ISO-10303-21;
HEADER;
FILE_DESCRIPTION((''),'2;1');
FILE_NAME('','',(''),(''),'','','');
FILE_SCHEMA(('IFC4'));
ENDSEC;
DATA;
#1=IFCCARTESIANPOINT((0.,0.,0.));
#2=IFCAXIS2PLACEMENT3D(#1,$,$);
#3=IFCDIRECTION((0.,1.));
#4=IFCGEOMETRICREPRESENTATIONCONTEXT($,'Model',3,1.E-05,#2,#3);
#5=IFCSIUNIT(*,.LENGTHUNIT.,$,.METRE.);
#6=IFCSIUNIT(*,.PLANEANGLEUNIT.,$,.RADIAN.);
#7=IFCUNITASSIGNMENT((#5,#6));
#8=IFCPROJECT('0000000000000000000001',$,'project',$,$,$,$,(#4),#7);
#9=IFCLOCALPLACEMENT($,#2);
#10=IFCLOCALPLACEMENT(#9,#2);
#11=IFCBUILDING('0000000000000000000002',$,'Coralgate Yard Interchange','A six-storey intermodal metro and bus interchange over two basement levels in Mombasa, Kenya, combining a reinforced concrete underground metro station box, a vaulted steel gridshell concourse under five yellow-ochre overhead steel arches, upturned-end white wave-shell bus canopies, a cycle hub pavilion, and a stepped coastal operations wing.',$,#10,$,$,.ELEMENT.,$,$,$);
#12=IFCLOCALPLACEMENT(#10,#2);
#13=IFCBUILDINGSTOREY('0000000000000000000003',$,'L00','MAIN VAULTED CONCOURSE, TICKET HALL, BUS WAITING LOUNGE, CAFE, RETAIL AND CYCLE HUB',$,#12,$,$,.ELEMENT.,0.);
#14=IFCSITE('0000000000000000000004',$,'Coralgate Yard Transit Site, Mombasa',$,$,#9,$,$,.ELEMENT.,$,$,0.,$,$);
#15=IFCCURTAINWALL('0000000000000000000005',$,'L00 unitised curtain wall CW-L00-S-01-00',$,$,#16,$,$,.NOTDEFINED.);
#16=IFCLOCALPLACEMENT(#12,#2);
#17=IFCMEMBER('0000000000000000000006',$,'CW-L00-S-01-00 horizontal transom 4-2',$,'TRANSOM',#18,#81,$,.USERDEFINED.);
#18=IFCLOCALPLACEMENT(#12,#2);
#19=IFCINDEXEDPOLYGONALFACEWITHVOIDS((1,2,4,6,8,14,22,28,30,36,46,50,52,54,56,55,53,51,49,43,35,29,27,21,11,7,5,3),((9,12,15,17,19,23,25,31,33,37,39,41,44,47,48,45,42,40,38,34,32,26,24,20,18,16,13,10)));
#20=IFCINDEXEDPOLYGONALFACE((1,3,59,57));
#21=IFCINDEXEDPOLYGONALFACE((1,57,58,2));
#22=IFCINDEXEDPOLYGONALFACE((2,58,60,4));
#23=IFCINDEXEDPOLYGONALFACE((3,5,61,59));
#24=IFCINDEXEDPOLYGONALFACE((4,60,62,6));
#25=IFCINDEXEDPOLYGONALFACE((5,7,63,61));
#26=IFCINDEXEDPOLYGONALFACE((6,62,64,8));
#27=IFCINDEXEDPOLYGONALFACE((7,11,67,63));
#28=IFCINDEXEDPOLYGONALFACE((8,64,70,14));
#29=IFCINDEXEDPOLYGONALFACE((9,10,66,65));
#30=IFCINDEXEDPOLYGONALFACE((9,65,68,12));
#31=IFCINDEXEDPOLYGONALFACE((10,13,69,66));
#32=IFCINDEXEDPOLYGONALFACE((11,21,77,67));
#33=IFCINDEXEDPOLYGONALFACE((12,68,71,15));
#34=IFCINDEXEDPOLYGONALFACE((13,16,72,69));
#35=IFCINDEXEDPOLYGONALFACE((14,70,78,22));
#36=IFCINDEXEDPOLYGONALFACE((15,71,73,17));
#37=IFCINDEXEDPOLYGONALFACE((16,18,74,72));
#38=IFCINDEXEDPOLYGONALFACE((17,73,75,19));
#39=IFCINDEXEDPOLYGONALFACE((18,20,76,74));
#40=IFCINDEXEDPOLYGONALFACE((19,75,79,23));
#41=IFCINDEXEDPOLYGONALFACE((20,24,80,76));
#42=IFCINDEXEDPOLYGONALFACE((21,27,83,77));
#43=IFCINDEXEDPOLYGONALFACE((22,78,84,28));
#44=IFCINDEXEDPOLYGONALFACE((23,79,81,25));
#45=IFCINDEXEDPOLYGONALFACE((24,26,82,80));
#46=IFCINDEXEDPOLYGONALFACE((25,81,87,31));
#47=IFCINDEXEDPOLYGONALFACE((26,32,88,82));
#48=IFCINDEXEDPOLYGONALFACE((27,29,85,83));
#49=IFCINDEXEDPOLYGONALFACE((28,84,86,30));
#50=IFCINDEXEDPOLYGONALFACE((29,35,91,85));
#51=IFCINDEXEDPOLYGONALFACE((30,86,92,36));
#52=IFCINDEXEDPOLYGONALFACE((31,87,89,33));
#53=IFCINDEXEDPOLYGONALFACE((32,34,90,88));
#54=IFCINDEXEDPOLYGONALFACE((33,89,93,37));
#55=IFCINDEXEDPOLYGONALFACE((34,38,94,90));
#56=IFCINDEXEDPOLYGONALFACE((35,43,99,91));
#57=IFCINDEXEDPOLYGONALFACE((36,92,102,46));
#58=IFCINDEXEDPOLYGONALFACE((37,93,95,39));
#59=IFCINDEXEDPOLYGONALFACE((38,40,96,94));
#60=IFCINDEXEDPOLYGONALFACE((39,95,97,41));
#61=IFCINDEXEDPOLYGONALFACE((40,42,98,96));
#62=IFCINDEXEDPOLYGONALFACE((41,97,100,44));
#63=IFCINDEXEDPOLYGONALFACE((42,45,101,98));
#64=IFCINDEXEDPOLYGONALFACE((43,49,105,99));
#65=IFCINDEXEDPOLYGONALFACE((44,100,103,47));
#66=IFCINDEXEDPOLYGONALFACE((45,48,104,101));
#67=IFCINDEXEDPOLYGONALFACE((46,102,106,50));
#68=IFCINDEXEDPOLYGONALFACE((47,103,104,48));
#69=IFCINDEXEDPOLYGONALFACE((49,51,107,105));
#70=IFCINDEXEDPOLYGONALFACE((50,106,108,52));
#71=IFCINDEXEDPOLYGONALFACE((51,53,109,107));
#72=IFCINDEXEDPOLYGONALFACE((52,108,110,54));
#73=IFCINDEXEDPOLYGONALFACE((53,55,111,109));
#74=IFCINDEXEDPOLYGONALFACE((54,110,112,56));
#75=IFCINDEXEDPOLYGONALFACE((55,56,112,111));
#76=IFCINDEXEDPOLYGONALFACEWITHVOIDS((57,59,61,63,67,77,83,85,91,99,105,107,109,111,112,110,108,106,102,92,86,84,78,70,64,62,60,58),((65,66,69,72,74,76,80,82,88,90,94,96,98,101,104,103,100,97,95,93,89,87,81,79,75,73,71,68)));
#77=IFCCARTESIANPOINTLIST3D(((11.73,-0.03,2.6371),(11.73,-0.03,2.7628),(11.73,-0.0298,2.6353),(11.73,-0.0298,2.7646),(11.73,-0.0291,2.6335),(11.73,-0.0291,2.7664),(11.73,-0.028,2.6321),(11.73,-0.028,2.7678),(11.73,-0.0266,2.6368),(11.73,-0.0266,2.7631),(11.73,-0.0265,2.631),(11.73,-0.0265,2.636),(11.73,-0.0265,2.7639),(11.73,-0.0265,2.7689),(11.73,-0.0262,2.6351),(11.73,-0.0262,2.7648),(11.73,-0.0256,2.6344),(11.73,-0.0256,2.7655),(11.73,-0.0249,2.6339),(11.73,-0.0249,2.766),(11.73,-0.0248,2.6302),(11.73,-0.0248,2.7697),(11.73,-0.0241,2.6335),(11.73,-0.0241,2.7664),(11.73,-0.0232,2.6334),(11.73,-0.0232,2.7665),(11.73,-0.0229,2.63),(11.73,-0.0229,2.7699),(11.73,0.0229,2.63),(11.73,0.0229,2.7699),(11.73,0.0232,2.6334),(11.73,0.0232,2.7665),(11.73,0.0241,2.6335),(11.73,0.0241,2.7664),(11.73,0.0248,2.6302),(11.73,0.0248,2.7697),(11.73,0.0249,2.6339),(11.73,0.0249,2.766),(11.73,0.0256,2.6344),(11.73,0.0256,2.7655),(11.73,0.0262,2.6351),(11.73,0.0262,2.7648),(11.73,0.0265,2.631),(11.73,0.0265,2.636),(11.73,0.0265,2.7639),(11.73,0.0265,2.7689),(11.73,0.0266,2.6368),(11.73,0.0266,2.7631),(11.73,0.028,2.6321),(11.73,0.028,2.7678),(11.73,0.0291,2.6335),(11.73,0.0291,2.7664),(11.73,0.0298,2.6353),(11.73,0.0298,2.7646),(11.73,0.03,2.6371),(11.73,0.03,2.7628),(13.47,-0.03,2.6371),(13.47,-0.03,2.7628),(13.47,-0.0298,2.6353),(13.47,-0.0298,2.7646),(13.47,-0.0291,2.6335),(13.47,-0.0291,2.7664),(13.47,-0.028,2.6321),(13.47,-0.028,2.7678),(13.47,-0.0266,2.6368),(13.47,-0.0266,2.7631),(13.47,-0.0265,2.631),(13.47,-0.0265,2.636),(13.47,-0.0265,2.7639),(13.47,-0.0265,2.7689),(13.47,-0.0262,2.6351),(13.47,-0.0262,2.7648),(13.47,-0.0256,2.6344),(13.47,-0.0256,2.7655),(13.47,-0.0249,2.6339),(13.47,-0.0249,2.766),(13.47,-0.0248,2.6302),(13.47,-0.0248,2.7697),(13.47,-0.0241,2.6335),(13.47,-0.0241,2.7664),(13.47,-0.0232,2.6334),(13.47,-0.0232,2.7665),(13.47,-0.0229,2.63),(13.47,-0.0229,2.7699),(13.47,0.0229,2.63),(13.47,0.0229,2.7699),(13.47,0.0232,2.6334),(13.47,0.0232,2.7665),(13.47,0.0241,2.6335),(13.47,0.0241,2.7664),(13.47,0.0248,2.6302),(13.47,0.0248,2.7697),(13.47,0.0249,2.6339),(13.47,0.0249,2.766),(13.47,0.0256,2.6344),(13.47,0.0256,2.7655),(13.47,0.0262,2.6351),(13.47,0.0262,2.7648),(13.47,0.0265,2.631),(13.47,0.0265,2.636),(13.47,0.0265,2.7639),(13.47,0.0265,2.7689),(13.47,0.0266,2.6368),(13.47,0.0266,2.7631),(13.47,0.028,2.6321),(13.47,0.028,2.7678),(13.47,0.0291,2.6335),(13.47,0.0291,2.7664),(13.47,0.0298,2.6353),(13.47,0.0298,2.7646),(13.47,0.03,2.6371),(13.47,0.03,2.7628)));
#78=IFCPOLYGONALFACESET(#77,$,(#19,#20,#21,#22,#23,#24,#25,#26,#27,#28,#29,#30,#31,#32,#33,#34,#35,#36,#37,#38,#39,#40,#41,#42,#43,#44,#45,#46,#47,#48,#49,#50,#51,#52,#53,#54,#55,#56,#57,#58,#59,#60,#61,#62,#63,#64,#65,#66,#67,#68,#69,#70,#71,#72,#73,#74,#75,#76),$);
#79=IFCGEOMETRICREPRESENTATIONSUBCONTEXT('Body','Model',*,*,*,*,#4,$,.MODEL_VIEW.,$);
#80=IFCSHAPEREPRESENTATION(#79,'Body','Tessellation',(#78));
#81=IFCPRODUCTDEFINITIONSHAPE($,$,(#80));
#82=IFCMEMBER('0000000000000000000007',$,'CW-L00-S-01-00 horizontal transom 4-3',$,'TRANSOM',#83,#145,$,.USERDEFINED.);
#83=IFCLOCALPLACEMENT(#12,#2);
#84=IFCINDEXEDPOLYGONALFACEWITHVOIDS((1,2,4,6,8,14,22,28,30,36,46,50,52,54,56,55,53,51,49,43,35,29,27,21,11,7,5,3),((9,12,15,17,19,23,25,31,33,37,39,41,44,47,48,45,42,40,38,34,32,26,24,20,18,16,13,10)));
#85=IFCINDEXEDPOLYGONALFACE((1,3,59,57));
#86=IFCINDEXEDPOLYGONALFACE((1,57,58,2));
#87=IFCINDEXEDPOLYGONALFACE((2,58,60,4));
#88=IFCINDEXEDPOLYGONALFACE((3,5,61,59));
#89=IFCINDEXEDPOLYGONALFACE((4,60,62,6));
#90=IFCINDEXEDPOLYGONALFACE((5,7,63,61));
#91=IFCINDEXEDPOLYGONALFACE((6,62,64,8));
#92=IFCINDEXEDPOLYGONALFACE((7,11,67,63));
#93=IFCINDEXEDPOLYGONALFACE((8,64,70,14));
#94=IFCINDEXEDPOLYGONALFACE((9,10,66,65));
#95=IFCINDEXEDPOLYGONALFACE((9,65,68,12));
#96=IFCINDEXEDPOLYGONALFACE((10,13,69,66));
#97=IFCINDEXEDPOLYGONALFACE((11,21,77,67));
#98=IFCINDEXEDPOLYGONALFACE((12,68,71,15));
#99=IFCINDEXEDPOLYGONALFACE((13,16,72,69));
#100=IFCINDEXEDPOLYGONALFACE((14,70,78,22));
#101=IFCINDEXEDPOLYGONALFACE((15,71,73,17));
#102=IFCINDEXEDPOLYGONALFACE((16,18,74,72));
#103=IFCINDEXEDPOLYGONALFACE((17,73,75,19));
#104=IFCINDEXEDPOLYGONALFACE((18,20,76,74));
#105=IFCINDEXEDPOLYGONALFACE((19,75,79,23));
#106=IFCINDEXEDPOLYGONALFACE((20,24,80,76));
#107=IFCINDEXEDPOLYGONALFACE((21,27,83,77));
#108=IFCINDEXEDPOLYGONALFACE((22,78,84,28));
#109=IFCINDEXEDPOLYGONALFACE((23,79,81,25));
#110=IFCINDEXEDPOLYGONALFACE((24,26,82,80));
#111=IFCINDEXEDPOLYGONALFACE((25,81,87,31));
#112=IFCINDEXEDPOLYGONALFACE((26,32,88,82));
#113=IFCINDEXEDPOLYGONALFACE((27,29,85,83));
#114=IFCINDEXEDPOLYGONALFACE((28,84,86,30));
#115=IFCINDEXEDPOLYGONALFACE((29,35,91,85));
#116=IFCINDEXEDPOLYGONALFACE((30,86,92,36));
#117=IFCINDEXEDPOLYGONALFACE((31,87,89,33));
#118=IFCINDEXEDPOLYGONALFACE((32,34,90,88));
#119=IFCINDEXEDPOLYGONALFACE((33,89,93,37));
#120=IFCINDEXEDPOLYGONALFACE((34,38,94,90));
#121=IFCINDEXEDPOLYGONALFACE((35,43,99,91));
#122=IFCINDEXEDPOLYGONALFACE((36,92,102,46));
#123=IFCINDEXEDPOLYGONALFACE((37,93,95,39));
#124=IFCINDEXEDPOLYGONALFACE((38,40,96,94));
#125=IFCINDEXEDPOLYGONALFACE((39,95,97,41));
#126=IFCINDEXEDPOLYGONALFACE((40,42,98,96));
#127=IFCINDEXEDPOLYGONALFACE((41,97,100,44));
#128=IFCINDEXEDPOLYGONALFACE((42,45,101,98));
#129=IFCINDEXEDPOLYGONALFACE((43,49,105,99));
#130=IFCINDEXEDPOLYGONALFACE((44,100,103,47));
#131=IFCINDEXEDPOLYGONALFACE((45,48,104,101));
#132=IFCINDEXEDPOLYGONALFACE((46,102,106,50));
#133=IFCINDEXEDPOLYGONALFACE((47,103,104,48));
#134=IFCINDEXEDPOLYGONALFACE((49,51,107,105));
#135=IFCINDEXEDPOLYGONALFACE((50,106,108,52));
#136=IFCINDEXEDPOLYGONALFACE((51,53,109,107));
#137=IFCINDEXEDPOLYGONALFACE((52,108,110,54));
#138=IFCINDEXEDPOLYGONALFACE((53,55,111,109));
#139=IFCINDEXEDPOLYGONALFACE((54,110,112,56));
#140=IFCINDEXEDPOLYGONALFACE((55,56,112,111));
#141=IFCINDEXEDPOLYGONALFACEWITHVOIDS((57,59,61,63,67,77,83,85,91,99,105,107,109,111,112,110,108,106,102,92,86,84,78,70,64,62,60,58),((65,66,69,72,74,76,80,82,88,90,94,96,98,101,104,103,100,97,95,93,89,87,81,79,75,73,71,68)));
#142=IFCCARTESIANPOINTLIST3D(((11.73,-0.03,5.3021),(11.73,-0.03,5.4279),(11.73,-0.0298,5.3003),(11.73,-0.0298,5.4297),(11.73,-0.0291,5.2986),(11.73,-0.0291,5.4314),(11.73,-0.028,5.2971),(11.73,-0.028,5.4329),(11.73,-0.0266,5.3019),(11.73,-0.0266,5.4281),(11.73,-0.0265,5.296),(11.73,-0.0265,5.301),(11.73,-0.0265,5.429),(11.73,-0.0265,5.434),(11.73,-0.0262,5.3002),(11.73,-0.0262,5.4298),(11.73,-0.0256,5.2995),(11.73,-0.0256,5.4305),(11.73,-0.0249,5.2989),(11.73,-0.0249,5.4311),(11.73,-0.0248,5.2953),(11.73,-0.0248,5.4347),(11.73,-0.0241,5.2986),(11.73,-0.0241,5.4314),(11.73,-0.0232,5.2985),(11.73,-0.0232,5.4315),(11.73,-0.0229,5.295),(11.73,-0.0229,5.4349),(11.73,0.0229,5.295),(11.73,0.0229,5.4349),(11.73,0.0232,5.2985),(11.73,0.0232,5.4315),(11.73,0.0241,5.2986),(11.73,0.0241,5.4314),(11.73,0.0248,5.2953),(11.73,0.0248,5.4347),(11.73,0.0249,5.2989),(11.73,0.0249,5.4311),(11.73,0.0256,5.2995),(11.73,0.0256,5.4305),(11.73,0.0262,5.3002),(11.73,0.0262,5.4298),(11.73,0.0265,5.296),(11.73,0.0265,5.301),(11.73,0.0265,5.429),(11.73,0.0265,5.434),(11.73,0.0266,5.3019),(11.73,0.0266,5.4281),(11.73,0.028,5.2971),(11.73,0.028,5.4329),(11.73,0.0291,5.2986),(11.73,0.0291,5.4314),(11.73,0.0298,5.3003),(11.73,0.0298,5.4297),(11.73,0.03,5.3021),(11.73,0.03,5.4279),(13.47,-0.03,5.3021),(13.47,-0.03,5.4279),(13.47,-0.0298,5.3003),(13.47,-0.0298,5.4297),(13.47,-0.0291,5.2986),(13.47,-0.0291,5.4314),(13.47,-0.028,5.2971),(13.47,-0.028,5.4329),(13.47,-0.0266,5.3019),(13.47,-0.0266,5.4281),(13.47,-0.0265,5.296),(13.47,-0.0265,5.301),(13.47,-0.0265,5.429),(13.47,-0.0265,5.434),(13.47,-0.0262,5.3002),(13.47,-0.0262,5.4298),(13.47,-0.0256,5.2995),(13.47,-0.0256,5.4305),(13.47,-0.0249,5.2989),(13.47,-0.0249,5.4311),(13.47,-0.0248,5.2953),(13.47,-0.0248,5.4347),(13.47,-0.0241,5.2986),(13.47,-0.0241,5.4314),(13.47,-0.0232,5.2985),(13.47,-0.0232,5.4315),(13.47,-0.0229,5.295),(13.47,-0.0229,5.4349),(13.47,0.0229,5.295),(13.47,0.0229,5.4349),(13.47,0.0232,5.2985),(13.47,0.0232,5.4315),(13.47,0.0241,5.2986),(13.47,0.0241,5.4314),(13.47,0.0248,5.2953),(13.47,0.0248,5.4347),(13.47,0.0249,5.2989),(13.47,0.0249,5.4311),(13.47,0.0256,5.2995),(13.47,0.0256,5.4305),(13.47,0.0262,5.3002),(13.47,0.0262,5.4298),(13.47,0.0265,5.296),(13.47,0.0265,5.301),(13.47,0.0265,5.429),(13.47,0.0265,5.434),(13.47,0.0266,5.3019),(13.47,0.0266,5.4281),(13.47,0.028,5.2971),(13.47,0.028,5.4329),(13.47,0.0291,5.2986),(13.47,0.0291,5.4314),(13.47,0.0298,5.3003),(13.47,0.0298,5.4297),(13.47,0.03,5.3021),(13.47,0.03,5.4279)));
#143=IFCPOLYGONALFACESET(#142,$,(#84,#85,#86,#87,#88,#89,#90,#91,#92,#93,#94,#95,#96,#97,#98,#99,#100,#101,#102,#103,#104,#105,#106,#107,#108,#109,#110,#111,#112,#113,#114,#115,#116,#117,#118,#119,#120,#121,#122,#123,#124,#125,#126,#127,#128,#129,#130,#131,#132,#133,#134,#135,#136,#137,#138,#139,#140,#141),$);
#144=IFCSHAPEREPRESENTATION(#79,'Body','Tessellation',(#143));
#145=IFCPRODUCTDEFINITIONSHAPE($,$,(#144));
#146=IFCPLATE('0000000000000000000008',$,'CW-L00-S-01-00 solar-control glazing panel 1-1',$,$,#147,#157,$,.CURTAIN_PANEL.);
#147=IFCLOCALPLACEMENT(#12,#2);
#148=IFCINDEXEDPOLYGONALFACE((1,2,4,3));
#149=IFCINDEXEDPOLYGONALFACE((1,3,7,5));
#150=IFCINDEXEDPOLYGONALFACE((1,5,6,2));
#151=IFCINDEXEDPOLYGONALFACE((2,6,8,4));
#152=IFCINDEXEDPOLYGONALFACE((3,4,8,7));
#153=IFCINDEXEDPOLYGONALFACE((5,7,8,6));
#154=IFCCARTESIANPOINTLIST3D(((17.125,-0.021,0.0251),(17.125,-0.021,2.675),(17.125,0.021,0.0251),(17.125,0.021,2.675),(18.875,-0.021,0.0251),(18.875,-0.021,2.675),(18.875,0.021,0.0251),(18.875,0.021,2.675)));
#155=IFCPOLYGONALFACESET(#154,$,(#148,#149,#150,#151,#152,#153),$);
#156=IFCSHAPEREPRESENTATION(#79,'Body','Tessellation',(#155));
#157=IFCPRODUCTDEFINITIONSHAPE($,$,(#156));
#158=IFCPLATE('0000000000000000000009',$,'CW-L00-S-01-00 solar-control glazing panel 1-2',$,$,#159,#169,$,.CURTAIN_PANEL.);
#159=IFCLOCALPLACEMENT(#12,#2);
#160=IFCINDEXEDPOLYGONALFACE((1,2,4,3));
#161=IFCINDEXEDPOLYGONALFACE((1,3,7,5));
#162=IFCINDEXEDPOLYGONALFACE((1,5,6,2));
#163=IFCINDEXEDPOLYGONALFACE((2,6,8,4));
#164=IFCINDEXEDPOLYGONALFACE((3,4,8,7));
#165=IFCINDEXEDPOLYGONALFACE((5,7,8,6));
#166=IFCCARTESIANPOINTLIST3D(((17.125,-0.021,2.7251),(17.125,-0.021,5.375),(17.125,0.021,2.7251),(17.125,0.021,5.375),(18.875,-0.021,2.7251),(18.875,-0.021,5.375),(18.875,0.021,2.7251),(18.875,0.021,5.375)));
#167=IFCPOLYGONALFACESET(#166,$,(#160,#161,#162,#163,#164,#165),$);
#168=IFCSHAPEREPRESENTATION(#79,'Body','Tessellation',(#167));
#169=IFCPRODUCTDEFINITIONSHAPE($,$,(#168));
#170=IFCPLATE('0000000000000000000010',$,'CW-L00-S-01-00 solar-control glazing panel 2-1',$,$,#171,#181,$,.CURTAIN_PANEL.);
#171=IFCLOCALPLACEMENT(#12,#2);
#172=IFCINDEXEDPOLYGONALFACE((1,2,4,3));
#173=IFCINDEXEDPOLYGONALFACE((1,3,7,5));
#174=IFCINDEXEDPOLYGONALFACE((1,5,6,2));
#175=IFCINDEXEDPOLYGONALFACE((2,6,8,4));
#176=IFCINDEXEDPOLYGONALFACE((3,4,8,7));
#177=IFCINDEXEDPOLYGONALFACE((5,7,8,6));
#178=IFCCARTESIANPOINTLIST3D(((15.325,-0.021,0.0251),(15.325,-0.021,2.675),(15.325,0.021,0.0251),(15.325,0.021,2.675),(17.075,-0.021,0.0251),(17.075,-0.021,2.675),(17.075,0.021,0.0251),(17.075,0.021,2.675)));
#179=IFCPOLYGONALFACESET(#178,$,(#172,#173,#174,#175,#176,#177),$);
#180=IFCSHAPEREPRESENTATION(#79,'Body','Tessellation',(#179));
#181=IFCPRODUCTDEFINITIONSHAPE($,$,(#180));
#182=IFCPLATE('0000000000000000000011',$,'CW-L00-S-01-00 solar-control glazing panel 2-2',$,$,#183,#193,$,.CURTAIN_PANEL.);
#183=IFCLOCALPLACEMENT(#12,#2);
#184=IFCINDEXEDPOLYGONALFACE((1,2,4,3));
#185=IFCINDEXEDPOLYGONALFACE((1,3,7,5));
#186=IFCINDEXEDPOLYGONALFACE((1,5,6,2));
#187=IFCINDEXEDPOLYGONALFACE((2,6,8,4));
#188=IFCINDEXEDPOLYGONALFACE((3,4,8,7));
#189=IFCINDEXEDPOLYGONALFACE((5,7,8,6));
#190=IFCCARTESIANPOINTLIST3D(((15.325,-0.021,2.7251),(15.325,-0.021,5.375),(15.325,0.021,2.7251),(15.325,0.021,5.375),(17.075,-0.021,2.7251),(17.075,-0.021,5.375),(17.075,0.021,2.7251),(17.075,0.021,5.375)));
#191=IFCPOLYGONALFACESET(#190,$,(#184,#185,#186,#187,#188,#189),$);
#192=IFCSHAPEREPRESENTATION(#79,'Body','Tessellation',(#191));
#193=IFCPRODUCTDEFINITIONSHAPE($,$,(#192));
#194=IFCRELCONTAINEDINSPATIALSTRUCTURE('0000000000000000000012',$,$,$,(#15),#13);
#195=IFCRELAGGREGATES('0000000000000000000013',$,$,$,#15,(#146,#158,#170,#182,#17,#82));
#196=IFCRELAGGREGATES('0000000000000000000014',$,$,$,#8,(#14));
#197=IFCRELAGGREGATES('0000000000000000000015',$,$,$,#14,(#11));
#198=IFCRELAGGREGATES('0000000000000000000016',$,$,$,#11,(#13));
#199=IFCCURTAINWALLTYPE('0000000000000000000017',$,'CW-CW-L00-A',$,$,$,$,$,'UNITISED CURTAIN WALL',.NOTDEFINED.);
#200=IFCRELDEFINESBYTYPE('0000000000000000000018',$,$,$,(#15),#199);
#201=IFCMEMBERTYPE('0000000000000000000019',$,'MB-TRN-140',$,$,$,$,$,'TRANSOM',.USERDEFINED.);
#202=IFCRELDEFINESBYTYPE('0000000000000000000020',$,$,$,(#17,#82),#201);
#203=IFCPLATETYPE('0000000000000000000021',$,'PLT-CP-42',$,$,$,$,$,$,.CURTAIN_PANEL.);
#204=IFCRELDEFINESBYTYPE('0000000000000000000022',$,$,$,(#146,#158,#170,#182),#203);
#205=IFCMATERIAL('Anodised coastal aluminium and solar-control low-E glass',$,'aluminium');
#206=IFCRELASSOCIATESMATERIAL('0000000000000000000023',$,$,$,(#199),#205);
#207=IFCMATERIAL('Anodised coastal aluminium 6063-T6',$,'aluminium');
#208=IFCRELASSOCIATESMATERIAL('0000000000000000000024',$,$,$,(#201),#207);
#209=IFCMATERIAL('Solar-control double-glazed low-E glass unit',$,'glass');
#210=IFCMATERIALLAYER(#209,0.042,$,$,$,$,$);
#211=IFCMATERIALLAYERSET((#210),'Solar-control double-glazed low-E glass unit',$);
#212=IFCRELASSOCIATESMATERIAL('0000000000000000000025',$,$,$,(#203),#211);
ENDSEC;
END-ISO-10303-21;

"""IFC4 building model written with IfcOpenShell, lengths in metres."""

from ifc_helpers import new_model, si_unit, direction, frame, origin, origin_2d, place, context, subcontext, project, spatial, rectangle, hollow_rectangle, extrude, material, layer, layer_set, material_profile, profile_set, type_object, element, aggregate, save


model = new_model("IFC4")

# Units and contexts
model_context = context("Model", 3, precision=1e-05, world=origin(), true_north=direction((0.0, 1.0)))
body_context = subcontext(model_context, "Body", "Model", "MODEL_VIEW")
ifc_project = project(units=[si_unit("LENGTHUNIT", "METRE"), si_unit("PLANEANGLEUNIT", "RADIAN")], contexts=[model_context])

# Site, building, storey
site_placement = place(None, origin())
site = spatial("IfcSite", under=ifc_project, at=site_placement, Name="Coralgate Yard Transit Site, Mombasa", CompositionType="ELEMENT", RefElevation=0.0)
building_placement = place(site_placement, origin())
building = spatial("IfcBuilding", under=site, at=building_placement, Name="Coralgate Yard Interchange", Description="A six-storey intermodal metro and bus interchange over two basement levels in Mombasa, Kenya, combining a reinforced concrete underground metro station box, a vaulted steel gridshell concourse under five yellow-ochre overhead steel arches, upturned-end white wave-shell bus canopies, a cycle hub pavilion, and a stepped coastal operations wing.", CompositionType="ELEMENT")
storey_placement = place(building_placement, origin())
storey = spatial("IfcBuildingStorey", under=building, at=storey_placement, Name="L00", Description="MAIN VAULTED CONCOURSE, TICKET HALL, BUS WAITING LOUNGE, CAFE, RETAIL AND CYCLE HUB", CompositionType="ELEMENT", Elevation=0.0)

# Curtain wall, members, plates
ifc_material_1 = material(Name="Anodised coastal aluminium and solar-control low-E glass", Category="aluminium")
curtain_wall_type = type_object("IfcCurtainWallType", Name="CW-CW-L00-A", ElementType="UNITISED CURTAIN WALL", PredefinedType="NOTDEFINED", material=ifc_material_1)
curtain_wall_placement = place(storey_placement, origin())
curtain_wall = element("IfcCurtainWall", 1, at=curtain_wall_placement, inside=storey, type_object=curtain_wall_type, Name="L00 unitised curtain wall CW-L00-S-01-00", PredefinedType="NOTDEFINED")
ifc_material_2 = material(Name="Anodised coastal aluminium 6063-T6", Category="aluminium")
ifc_material_profile_1 = material_profile(ifc_material_2, hollow_rectangle(XDim=0.0601, YDim=0.1399, WallThickness=0.0034, InnerFilletRadius=0.0034, OuterFilletRadius=0.0071, at=origin_2d()), Name="ALU 60x140x3.5")
ifc_profile_set_1 = profile_set([ifc_material_profile_1], Name="Anodised coastal aluminium 6063-T6")
member_type_1 = type_object("IfcMemberType", Name="MB-TRN-140", ElementType="TRANSOM", PredefinedType="USERDEFINED", material=ifc_profile_set_1)
member_1_placement = place(storey_placement, frame((13.47, 0.0, 2.7), z_axis=(-1.0, 0.0, 0.0), x_axis=(0.0, -1.0, 0.0)))
member_1 = element("IfcMember", 2, at=member_1_placement, type_object=member_type_1, Name="CW-L00-S-01-00 horizontal transom 4-2", ObjectType="TRANSOM", PredefinedType="USERDEFINED", context=body_context, shape_type="SweptSolid", body=[
    extrude(hollow_rectangle(XDim=0.0601, YDim=0.1399, WallThickness=0.0034, InnerFilletRadius=0.0034, OuterFilletRadius=0.0071, at=origin_2d()), origin(), (0.0, 0.0, 1.0), 1.74),
])
member_2_placement = place(storey_placement, frame((13.47, 0.0, 5.365), z_axis=(-1.0, 0.0, 0.0), x_axis=(0.0, -1.0, 0.0)))
member_2 = element("IfcMember", 3, at=member_2_placement, type_object=member_type_1, Name="CW-L00-S-01-00 horizontal transom 4-3", ObjectType="TRANSOM", PredefinedType="USERDEFINED", context=body_context, shape_type="SweptSolid", body=[
    extrude(hollow_rectangle(XDim=0.0601, YDim=0.1399, WallThickness=0.0034, InnerFilletRadius=0.0034, OuterFilletRadius=0.0071, at=origin_2d()), origin(), (0.0, 0.0, 1.0), 1.74),
])
ifc_material_3 = material(Name="Solar-control double-glazed low-E glass unit", Category="glass")
ifc_layer = layer(ifc_material_3, 0.042)
ifc_layer_set = layer_set([ifc_layer], Name="Solar-control double-glazed low-E glass unit")
plate_type = type_object("IfcPlateType", Name="PLT-CP-42", PredefinedType="CURTAIN_PANEL", material=ifc_layer_set)
plate_1_placement = place(storey_placement, frame((18.0, 0.0, 0.0251), z_axis=(0.0, 0.0, 1.0), x_axis=(-1.0, 0.0, 0.0)))
plate_1 = element("IfcPlate", 4, at=plate_1_placement, type_object=plate_type, Name="CW-L00-S-01-00 solar-control glazing panel 1-1", PredefinedType="CURTAIN_PANEL", context=body_context, shape_type="SweptSolid", body=[
    extrude(rectangle(XDim=1.75, YDim=0.042, at=origin_2d()), origin(), (0.0, 0.0, 1.0), 2.6499),
])
plate_2_placement = place(storey_placement, frame((18.0, 0.0, 2.7251), z_axis=(0.0, 0.0, 1.0), x_axis=(-1.0, 0.0, 0.0)))
plate_2 = element("IfcPlate", 5, at=plate_2_placement, type_object=plate_type, Name="CW-L00-S-01-00 solar-control glazing panel 1-2", PredefinedType="CURTAIN_PANEL", context=body_context, shape_type="SweptSolid", body=[
    extrude(rectangle(XDim=1.75, YDim=0.042, at=origin_2d()), origin(), (0.0, 0.0, 1.0), 2.6499),
])
plate_3_placement = place(storey_placement, frame((16.2, 0.0, 0.0251), z_axis=(0.0, 0.0, 1.0), x_axis=(-1.0, 0.0, 0.0)))
plate_3 = element("IfcPlate", 6, at=plate_3_placement, type_object=plate_type, Name="CW-L00-S-01-00 solar-control glazing panel 2-1", PredefinedType="CURTAIN_PANEL", context=body_context, shape_type="SweptSolid", body=[
    extrude(rectangle(XDim=1.75, YDim=0.042, at=origin_2d()), origin(), (0.0, 0.0, 1.0), 2.6499),
])
plate_4_placement = place(storey_placement, frame((16.2, 0.0, 2.7251), z_axis=(0.0, 0.0, 1.0), x_axis=(-1.0, 0.0, 0.0)))
plate_4 = element("IfcPlate", 7, at=plate_4_placement, type_object=plate_type, Name="CW-L00-S-01-00 solar-control glazing panel 2-2", PredefinedType="CURTAIN_PANEL", context=body_context, shape_type="SweptSolid", body=[
    extrude(rectangle(XDim=1.75, YDim=0.042, at=origin_2d()), origin(), (0.0, 0.0, 1.0), 2.6499),
])
aggregate(curtain_wall, [plate_1, plate_2, plate_3, plate_4, member_1, member_2])

save(model, "model.ifc")
